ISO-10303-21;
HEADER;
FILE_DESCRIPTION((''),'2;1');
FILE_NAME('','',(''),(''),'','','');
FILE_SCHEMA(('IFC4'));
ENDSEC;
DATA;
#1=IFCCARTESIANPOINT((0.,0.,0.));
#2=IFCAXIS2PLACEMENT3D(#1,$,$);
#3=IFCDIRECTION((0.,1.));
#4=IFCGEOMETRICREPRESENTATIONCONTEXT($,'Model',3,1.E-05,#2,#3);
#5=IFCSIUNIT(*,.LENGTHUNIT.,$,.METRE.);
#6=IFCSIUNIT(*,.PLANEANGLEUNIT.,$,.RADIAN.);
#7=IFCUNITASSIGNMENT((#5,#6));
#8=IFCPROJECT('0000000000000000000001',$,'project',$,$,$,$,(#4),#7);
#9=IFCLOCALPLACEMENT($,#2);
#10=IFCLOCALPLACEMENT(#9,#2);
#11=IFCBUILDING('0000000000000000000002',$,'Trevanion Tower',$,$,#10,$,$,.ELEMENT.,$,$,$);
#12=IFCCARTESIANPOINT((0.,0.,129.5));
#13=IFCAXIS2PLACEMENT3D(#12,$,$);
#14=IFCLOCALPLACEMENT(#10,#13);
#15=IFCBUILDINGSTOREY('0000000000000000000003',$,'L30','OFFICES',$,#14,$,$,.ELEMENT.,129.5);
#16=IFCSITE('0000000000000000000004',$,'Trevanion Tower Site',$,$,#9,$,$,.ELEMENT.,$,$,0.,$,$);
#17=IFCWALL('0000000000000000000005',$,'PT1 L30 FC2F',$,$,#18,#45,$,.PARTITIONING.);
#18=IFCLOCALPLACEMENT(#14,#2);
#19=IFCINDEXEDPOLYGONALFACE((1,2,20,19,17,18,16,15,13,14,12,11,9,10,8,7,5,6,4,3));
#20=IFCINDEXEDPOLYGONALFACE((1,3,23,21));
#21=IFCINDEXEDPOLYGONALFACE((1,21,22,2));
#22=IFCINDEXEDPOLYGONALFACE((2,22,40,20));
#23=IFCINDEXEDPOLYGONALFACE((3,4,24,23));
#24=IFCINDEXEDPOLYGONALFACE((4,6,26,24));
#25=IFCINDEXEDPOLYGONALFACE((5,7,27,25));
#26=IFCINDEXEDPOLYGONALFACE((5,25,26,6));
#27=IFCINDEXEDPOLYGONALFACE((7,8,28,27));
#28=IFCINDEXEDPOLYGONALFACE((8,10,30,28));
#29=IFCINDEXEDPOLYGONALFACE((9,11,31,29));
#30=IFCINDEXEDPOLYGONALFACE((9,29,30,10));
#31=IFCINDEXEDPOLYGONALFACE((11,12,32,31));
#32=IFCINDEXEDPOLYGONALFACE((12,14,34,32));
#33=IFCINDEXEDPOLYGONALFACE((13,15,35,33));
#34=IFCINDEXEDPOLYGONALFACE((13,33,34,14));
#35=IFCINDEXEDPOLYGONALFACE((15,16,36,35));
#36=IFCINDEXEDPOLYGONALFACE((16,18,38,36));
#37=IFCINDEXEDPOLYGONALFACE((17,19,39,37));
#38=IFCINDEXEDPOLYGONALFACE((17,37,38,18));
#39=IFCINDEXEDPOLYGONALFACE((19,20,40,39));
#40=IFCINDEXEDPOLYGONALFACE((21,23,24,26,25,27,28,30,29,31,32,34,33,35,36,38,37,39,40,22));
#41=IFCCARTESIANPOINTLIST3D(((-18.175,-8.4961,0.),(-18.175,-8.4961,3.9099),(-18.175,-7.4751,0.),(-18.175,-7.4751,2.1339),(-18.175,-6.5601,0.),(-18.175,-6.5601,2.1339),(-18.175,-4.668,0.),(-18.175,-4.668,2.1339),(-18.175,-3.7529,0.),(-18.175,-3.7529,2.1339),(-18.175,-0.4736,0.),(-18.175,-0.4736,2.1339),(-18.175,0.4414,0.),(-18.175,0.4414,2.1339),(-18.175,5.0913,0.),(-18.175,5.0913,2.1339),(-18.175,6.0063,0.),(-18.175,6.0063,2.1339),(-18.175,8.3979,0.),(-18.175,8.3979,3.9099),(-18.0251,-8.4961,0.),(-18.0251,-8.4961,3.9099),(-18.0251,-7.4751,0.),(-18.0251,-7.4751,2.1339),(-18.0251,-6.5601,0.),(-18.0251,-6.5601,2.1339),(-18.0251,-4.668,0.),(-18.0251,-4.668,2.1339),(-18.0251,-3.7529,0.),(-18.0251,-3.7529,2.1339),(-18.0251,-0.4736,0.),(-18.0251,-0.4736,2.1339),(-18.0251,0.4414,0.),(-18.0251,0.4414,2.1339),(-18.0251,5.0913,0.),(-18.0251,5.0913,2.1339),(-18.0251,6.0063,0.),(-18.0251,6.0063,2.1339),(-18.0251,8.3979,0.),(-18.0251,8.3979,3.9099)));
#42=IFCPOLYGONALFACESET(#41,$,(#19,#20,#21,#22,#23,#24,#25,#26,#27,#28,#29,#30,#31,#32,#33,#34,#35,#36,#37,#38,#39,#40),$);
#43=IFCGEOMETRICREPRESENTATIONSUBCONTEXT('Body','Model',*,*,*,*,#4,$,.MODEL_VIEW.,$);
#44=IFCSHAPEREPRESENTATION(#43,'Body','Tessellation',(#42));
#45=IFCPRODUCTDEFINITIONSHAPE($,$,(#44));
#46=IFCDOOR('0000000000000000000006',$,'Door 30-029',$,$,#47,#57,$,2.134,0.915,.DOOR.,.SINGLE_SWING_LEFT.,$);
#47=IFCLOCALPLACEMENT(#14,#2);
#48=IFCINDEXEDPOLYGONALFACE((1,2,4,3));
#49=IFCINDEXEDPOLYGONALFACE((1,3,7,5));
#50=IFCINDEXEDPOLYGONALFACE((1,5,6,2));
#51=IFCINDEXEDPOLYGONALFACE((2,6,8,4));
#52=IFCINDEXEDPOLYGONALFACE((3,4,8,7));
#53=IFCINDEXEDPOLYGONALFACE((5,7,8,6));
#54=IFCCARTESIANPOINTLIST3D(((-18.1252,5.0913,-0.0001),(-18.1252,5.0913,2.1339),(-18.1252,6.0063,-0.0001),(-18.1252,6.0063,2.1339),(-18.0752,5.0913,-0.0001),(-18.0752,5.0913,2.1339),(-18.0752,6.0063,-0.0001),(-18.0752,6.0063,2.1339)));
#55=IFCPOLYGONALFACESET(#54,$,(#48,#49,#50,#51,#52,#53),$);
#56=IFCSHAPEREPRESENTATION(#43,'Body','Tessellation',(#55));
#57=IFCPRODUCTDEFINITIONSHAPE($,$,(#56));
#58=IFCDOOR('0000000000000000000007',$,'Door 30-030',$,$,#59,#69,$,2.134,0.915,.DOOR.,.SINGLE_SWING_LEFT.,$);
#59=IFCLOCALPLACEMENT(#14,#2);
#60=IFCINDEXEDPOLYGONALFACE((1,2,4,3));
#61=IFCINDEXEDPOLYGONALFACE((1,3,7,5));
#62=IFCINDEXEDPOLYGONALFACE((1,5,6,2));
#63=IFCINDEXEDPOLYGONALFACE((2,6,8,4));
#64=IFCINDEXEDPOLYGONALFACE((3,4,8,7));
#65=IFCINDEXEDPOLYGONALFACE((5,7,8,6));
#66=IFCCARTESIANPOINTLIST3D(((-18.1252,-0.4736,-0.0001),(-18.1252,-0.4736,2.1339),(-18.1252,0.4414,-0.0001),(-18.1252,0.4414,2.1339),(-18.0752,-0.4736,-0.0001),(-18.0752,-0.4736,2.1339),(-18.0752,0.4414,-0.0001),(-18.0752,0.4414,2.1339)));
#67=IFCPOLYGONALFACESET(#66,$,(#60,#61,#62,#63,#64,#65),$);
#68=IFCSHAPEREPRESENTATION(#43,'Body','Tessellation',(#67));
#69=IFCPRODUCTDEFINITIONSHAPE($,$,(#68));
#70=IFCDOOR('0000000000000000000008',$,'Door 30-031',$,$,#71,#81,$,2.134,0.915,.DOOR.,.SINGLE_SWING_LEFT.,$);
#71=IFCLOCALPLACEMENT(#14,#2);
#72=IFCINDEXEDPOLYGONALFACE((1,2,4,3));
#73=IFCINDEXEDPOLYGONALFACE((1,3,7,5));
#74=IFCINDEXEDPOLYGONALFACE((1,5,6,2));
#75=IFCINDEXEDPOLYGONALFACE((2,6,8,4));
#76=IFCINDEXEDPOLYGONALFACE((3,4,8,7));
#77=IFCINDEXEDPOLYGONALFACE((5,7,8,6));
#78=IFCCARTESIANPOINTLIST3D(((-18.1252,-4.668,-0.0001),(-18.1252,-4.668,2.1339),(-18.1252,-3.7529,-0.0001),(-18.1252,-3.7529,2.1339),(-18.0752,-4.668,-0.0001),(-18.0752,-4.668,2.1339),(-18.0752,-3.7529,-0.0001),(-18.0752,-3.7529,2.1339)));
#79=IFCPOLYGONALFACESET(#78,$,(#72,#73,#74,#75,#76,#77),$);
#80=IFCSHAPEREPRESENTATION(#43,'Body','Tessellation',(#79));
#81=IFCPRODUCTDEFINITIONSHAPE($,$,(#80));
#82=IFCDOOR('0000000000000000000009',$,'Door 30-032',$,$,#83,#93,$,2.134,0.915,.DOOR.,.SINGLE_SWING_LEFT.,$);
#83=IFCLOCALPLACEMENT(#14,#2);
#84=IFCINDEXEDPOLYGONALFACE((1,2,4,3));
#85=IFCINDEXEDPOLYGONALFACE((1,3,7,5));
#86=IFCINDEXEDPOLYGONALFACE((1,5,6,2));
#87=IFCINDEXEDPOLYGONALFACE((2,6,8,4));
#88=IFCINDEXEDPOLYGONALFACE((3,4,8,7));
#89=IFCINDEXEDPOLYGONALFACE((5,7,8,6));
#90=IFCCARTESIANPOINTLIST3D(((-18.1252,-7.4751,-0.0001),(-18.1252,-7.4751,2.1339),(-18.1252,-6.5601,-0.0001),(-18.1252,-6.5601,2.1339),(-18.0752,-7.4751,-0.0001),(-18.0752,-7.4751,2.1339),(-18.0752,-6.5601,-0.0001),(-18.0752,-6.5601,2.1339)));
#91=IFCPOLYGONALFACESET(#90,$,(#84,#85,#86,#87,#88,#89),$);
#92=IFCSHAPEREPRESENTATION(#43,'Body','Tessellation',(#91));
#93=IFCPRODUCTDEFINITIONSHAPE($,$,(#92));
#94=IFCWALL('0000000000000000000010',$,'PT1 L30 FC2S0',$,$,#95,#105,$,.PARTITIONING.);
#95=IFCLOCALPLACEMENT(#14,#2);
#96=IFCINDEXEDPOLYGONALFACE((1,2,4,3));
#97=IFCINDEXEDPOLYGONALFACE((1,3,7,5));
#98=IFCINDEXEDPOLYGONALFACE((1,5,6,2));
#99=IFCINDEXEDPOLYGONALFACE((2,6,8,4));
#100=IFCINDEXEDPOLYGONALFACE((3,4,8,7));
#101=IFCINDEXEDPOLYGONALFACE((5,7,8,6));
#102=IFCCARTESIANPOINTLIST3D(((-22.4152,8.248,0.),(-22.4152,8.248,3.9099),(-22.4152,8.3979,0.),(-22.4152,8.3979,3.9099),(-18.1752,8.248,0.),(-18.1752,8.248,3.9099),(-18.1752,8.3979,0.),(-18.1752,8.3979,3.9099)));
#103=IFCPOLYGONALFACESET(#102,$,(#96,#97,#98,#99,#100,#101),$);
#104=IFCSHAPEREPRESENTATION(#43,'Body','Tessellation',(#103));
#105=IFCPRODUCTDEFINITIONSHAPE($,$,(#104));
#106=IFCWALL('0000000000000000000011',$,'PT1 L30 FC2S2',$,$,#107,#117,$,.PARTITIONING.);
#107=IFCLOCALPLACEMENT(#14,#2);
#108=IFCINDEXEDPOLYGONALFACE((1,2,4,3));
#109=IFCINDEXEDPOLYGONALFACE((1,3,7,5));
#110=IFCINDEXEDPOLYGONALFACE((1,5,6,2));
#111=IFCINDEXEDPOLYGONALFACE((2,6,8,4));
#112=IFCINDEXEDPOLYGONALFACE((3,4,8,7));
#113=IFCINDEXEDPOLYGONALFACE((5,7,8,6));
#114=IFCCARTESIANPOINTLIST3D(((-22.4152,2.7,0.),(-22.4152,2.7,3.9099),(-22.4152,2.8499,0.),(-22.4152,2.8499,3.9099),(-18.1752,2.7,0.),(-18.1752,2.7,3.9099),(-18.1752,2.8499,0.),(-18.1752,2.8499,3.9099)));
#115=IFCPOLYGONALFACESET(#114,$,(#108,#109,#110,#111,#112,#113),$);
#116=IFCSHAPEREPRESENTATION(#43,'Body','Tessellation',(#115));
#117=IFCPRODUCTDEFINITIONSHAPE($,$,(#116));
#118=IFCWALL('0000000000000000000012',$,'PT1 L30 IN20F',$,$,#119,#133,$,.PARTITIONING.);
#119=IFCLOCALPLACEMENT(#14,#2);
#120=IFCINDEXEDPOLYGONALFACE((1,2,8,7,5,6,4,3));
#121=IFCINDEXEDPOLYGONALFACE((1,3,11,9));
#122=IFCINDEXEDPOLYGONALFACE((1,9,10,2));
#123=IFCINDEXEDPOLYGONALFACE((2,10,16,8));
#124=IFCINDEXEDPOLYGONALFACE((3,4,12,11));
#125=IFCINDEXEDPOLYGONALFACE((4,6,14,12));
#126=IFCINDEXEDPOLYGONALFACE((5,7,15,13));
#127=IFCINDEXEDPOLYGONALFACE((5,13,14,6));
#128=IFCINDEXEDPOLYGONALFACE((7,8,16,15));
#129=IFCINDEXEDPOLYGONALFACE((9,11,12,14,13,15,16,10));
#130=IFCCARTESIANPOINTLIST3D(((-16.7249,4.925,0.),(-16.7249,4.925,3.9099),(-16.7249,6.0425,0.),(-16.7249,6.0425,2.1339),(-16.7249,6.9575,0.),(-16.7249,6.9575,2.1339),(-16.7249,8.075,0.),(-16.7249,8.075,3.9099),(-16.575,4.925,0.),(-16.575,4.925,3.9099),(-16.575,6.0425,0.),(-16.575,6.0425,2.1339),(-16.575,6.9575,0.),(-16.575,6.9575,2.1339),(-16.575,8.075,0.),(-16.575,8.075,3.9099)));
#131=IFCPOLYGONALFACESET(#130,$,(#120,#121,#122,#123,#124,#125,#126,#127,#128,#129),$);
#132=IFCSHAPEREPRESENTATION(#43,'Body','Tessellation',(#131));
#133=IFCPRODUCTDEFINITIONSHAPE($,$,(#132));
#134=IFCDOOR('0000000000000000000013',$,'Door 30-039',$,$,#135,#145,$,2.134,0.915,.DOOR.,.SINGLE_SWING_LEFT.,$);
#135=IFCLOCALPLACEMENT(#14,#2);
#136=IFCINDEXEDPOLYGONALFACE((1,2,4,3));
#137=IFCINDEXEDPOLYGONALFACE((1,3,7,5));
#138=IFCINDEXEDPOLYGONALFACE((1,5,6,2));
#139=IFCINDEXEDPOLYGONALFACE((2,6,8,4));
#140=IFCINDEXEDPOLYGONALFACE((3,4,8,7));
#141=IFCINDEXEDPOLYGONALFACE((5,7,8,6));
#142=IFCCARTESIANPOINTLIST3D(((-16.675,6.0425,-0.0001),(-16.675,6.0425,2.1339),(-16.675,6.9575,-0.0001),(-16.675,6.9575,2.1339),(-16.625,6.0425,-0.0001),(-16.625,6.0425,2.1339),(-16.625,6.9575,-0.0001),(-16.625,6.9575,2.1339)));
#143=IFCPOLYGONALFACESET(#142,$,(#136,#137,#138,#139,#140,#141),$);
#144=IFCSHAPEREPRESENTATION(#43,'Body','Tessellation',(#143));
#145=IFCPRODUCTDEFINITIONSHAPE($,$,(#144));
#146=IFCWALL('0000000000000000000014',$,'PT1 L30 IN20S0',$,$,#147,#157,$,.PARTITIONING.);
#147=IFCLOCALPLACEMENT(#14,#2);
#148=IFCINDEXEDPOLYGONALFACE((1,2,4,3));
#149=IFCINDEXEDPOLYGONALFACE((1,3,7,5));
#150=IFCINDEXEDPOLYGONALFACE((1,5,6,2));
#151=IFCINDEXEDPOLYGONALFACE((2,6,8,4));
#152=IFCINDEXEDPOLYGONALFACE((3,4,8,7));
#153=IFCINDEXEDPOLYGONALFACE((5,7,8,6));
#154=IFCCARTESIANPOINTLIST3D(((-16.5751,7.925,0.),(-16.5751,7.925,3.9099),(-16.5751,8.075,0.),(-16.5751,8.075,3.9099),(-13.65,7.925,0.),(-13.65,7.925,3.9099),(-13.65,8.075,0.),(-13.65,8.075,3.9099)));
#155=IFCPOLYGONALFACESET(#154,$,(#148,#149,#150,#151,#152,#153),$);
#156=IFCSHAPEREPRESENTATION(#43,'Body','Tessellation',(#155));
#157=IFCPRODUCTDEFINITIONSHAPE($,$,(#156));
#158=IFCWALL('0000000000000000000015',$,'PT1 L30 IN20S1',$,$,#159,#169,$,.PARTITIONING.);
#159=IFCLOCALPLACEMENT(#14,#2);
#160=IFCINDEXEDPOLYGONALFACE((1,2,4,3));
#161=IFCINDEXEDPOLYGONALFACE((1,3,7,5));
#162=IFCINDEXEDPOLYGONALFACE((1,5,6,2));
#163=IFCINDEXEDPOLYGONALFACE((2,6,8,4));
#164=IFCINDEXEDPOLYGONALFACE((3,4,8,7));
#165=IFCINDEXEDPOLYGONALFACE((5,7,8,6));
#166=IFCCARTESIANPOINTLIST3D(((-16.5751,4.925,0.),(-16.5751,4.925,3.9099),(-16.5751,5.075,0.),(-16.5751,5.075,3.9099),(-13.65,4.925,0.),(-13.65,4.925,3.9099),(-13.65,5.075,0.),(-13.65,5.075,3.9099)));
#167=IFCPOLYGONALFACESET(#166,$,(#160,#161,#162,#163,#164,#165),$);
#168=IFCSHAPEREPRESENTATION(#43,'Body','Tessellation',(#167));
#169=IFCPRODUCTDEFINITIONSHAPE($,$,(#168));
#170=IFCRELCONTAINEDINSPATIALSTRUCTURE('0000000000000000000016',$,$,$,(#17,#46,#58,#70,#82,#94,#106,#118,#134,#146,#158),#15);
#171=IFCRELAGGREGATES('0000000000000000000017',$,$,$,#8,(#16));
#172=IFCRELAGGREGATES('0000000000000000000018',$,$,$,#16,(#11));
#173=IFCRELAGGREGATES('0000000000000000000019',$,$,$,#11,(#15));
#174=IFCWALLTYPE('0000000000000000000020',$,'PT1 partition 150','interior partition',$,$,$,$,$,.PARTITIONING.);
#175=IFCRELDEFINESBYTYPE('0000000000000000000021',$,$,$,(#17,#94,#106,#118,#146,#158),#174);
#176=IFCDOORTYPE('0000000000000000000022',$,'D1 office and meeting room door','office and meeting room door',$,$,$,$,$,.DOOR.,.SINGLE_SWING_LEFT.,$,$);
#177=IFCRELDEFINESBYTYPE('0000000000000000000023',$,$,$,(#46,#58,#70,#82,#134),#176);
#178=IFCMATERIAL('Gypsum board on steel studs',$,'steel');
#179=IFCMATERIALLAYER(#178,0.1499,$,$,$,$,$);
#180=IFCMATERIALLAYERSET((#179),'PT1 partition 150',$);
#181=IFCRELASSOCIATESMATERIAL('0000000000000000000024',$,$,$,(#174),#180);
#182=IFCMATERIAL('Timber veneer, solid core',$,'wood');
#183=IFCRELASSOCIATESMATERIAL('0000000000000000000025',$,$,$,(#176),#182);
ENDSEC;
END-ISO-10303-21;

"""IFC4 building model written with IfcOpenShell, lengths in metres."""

from ifc_helpers import new_model, si_unit, direction, frame, frame_2d, origin, place, context, subcontext, project, spatial, rectangle, extrude, material, layer, layer_set, type_object, element, fill, save


model = new_model("IFC4")

# Units and contexts
model_context = context("Model", 3, precision=1e-05, world=origin(), true_north=direction((0.0, 1.0)))
body_context = subcontext(model_context, "Body", "Model", "MODEL_VIEW")
ifc_project = project(units=[si_unit("LENGTHUNIT", "METRE"), si_unit("PLANEANGLEUNIT", "RADIAN")], contexts=[model_context])

# Site, building, storey
site_placement = place(None, origin())
site = spatial("IfcSite", under=ifc_project, at=site_placement, Name="Trevanion Tower Site", CompositionType="ELEMENT", RefElevation=0.0)
building_placement = place(site_placement, origin())
building = spatial("IfcBuilding", under=site, at=building_placement, Name="Trevanion Tower", CompositionType="ELEMENT")
storey_placement = place(building_placement, frame((0.0, 0.0, 129.5)))
storey = spatial("IfcBuildingStorey", under=building, at=storey_placement, Name="L30", Description="OFFICES", CompositionType="ELEMENT", Elevation=129.5)

# Wall, openings, doors
ifc_material_1 = material(Name="Gypsum board on steel studs", Category="steel")
ifc_layer_1 = layer(ifc_material_1, 0.1499)
ifc_layer_set_1 = layer_set([ifc_layer_1], Name="PT1 partition 150")
wall_type = type_object("IfcWallType", Name="PT1 partition 150", Description="interior partition", PredefinedType="PARTITIONING", material=ifc_layer_set_1)
wall_1_placement = place(storey_placement, frame((-18.1001, 8.3979, 0.0), z_axis=(0.0, 0.0, 1.0), x_axis=(0.0, -1.0, 0.0)))
wall_1 = element("IfcWall", 1, at=wall_1_placement, inside=storey, type_object=wall_type, Name="PT1 L30 FC2F", PredefinedType="PARTITIONING", context=body_context, shape_type="SweptSolid", body=[
    extrude(rectangle(XDim=16.894, YDim=0.1499, at=frame_2d((8.447, 0.0))), origin(), (0.0, 0.0, 1.0), 3.9099),
])
opening_1_placement = place(wall_1_placement, frame((2.3916, 0.0, 0.0)))
opening_1 = element("IfcOpeningElement", 2, at=opening_1_placement, cuts=wall_1, PredefinedType="OPENING", context=body_context, shape_type="SweptSolid", body=[
    extrude(rectangle(XDim=0.915, YDim=2.134, at=frame_2d((0.4575, 1.0669))), frame((0.0, 0.085, 0.0), z_axis=(0.0, -1.0, 0.0), x_axis=(1.0, 0.0, 0.0)), (0.0, 0.0, 1.0), 0.1699),
])
opening_2_placement = place(wall_1_placement, frame((7.9565, 0.0, 0.0)))
opening_2 = element("IfcOpeningElement", 3, at=opening_2_placement, cuts=wall_1, PredefinedType="OPENING", context=body_context, shape_type="SweptSolid", body=[
    extrude(rectangle(XDim=0.915, YDim=2.134, at=frame_2d((0.4575, 1.0669))), frame((0.0, 0.085, 0.0), z_axis=(0.0, -1.0, 0.0), x_axis=(1.0, 0.0, 0.0)), (0.0, 0.0, 1.0), 0.1699),
])
opening_3_placement = place(wall_1_placement, frame((12.1509, 0.0, 0.0)))
opening_3 = element("IfcOpeningElement", 4, at=opening_3_placement, cuts=wall_1, PredefinedType="OPENING", context=body_context, shape_type="SweptSolid", body=[
    extrude(rectangle(XDim=0.915, YDim=2.134, at=frame_2d((0.4575, 1.0669))), frame((0.0, 0.085, 0.0), z_axis=(0.0, -1.0, 0.0), x_axis=(1.0, 0.0, 0.0)), (0.0, 0.0, 1.0), 0.1699),
])
opening_4_placement = place(wall_1_placement, frame((14.958, 0.0, 0.0)))
opening_4 = element("IfcOpeningElement", 5, at=opening_4_placement, cuts=wall_1, PredefinedType="OPENING", context=body_context, shape_type="SweptSolid", body=[
    extrude(rectangle(XDim=0.915, YDim=2.134, at=frame_2d((0.4575, 1.0669))), frame((0.0, 0.085, 0.0), z_axis=(0.0, -1.0, 0.0), x_axis=(1.0, 0.0, 0.0)), (0.0, 0.0, 1.0), 0.1699),
])
ifc_material_2 = material(Name="Timber veneer, solid core", Category="wood")
door_type = type_object("IfcDoorType", Name="D1 office and meeting room door", Description="office and meeting room door", OperationType="SINGLE_SWING_LEFT", PredefinedType="DOOR", material=ifc_material_2)
door_1_placement = place(opening_1_placement, origin())
door_1 = element("IfcDoor", 6, at=door_1_placement, inside=storey, type_object=door_type, Name="Door 30-029", OperationType="SINGLE_SWING_LEFT", OverallHeight=2.134, OverallWidth=0.915, PredefinedType="DOOR", context=body_context, shape_type="SweptSolid", body=[
    extrude(rectangle(XDim=0.915, YDim=2.134, at=frame_2d((0.4575, 1.0669))), frame((0.0, 0.0249, 0.0), z_axis=(0.0, -1.0, 0.0), x_axis=(1.0, 0.0, 0.0)), (0.0, 0.0, 1.0), 0.05),
])
fill(opening_1, door_1)
door_2_placement = place(opening_2_placement, origin())
door_2 = element("IfcDoor", 7, at=door_2_placement, inside=storey, type_object=door_type, Name="Door 30-030", OperationType="SINGLE_SWING_LEFT", OverallHeight=2.134, OverallWidth=0.915, PredefinedType="DOOR", context=body_context, shape_type="SweptSolid", body=[
    extrude(rectangle(XDim=0.915, YDim=2.134, at=frame_2d((0.4575, 1.0669))), frame((0.0, 0.0249, 0.0), z_axis=(0.0, -1.0, 0.0), x_axis=(1.0, 0.0, 0.0)), (0.0, 0.0, 1.0), 0.05),
])
fill(opening_2, door_2)
door_3_placement = place(opening_3_placement, origin())
door_3 = element("IfcDoor", 8, at=door_3_placement, inside=storey, type_object=door_type, Name="Door 30-031", OperationType="SINGLE_SWING_LEFT", OverallHeight=2.134, OverallWidth=0.915, PredefinedType="DOOR", context=body_context, shape_type="SweptSolid", body=[
    extrude(rectangle(XDim=0.915, YDim=2.134, at=frame_2d((0.4575, 1.0669))), frame((0.0, 0.0249, 0.0), z_axis=(0.0, -1.0, 0.0), x_axis=(1.0, 0.0, 0.0)), (0.0, 0.0, 1.0), 0.05),
])
fill(opening_3, door_3)
door_4_placement = place(opening_4_placement, origin())
door_4 = element("IfcDoor", 9, at=door_4_placement, inside=storey, type_object=door_type, Name="Door 30-032", OperationType="SINGLE_SWING_LEFT", OverallHeight=2.134, OverallWidth=0.915, PredefinedType="DOOR", context=body_context, shape_type="SweptSolid", body=[
    extrude(rectangle(XDim=0.915, YDim=2.134, at=frame_2d((0.4575, 1.0669))), frame((0.0, 0.0249, 0.0), z_axis=(0.0, -1.0, 0.0), x_axis=(1.0, 0.0, 0.0)), (0.0, 0.0, 1.0), 0.05),
])
fill(opening_4, door_4)

# Walls
for number, where, z_axis, x_axis, name in (
    (10, (-18.175, 8.323, 0.0), (0.0, 0.0, 1.0), (-1.0, 0.0, 0.0), "PT1 L30 FC2S0"),
    (11, (-18.175, 2.7749, 0.0), (0.0, 0.0, 1.0), (-1.0, 0.0, 0.0), "PT1 L30 FC2S2"),
):
    element("IfcWall", number, at=place(storey_placement, frame(where, z_axis=z_axis, x_axis=x_axis)), inside=storey, type_object=wall_type, Name=name, PredefinedType="PARTITIONING", context=body_context, shape_type="SweptSolid", body=[
        extrude(rectangle(XDim=4.24, YDim=0.1499, at=frame_2d((2.1201, 0.0))), origin(), (0.0, 0.0, 1.0), 3.9099),
    ])

# Wall, opening, door
wall_2_placement = place(storey_placement, frame((-16.6499, 8.075, 0.0), z_axis=(0.0, 0.0, 1.0), x_axis=(0.0, -1.0, 0.0)))
wall_2 = element("IfcWall", 12, at=wall_2_placement, inside=storey, type_object=wall_type, Name="PT1 L30 IN20F", PredefinedType="PARTITIONING", context=body_context, shape_type="SweptSolid", body=[
    extrude(rectangle(XDim=3.1499, YDim=0.1499, at=frame_2d((1.575, 0.0))), origin(), (0.0, 0.0, 1.0), 3.9099),
])
opening_5_placement = place(wall_2_placement, frame((1.1174, 0.0, 0.0)))
opening_5 = element("IfcOpeningElement", 13, at=opening_5_placement, cuts=wall_2, PredefinedType="OPENING", context=body_context, shape_type="SweptSolid", body=[
    extrude(rectangle(XDim=0.915, YDim=2.134, at=frame_2d((0.4575, 1.0669))), frame((0.0, 0.085, 0.0), z_axis=(0.0, -1.0, 0.0), x_axis=(1.0, 0.0, 0.0)), (0.0, 0.0, 1.0), 0.1699),
])
door_5_placement = place(opening_5_placement, origin())
door_5 = element("IfcDoor", 14, at=door_5_placement, inside=storey, type_object=door_type, Name="Door 30-039", OperationType="SINGLE_SWING_LEFT", OverallHeight=2.134, OverallWidth=0.915, PredefinedType="DOOR", context=body_context, shape_type="SweptSolid", body=[
    extrude(rectangle(XDim=0.915, YDim=2.134, at=frame_2d((0.4575, 1.0669))), frame((0.0, 0.0249, 0.0), z_axis=(0.0, -1.0, 0.0), x_axis=(1.0, 0.0, 0.0)), (0.0, 0.0, 1.0), 0.05),
])
fill(opening_5, door_5)

# Walls
for number, where, z_axis, x_axis, name in (
    (15, (-16.575, 8.0, 0.0), (0.0, 0.0, 1.0), (1.0, 0.0, 0.0), "PT1 L30 IN20S0"),
    (16, (-16.575, 5.0, 0.0), (0.0, 0.0, 1.0), (1.0, 0.0, 0.0), "PT1 L30 IN20S1"),
):
    element("IfcWall", number, at=place(storey_placement, frame(where, z_axis=z_axis, x_axis=x_axis)), inside=storey, type_object=wall_type, Name=name, PredefinedType="PARTITIONING", context=body_context, shape_type="SweptSolid", body=[
        extrude(rectangle(XDim=2.925, YDim=0.1499, at=frame_2d((1.4624, 0.0))), origin(), (0.0, 0.0, 1.0), 3.9099),
    ])

save(model, "model.ifc")
